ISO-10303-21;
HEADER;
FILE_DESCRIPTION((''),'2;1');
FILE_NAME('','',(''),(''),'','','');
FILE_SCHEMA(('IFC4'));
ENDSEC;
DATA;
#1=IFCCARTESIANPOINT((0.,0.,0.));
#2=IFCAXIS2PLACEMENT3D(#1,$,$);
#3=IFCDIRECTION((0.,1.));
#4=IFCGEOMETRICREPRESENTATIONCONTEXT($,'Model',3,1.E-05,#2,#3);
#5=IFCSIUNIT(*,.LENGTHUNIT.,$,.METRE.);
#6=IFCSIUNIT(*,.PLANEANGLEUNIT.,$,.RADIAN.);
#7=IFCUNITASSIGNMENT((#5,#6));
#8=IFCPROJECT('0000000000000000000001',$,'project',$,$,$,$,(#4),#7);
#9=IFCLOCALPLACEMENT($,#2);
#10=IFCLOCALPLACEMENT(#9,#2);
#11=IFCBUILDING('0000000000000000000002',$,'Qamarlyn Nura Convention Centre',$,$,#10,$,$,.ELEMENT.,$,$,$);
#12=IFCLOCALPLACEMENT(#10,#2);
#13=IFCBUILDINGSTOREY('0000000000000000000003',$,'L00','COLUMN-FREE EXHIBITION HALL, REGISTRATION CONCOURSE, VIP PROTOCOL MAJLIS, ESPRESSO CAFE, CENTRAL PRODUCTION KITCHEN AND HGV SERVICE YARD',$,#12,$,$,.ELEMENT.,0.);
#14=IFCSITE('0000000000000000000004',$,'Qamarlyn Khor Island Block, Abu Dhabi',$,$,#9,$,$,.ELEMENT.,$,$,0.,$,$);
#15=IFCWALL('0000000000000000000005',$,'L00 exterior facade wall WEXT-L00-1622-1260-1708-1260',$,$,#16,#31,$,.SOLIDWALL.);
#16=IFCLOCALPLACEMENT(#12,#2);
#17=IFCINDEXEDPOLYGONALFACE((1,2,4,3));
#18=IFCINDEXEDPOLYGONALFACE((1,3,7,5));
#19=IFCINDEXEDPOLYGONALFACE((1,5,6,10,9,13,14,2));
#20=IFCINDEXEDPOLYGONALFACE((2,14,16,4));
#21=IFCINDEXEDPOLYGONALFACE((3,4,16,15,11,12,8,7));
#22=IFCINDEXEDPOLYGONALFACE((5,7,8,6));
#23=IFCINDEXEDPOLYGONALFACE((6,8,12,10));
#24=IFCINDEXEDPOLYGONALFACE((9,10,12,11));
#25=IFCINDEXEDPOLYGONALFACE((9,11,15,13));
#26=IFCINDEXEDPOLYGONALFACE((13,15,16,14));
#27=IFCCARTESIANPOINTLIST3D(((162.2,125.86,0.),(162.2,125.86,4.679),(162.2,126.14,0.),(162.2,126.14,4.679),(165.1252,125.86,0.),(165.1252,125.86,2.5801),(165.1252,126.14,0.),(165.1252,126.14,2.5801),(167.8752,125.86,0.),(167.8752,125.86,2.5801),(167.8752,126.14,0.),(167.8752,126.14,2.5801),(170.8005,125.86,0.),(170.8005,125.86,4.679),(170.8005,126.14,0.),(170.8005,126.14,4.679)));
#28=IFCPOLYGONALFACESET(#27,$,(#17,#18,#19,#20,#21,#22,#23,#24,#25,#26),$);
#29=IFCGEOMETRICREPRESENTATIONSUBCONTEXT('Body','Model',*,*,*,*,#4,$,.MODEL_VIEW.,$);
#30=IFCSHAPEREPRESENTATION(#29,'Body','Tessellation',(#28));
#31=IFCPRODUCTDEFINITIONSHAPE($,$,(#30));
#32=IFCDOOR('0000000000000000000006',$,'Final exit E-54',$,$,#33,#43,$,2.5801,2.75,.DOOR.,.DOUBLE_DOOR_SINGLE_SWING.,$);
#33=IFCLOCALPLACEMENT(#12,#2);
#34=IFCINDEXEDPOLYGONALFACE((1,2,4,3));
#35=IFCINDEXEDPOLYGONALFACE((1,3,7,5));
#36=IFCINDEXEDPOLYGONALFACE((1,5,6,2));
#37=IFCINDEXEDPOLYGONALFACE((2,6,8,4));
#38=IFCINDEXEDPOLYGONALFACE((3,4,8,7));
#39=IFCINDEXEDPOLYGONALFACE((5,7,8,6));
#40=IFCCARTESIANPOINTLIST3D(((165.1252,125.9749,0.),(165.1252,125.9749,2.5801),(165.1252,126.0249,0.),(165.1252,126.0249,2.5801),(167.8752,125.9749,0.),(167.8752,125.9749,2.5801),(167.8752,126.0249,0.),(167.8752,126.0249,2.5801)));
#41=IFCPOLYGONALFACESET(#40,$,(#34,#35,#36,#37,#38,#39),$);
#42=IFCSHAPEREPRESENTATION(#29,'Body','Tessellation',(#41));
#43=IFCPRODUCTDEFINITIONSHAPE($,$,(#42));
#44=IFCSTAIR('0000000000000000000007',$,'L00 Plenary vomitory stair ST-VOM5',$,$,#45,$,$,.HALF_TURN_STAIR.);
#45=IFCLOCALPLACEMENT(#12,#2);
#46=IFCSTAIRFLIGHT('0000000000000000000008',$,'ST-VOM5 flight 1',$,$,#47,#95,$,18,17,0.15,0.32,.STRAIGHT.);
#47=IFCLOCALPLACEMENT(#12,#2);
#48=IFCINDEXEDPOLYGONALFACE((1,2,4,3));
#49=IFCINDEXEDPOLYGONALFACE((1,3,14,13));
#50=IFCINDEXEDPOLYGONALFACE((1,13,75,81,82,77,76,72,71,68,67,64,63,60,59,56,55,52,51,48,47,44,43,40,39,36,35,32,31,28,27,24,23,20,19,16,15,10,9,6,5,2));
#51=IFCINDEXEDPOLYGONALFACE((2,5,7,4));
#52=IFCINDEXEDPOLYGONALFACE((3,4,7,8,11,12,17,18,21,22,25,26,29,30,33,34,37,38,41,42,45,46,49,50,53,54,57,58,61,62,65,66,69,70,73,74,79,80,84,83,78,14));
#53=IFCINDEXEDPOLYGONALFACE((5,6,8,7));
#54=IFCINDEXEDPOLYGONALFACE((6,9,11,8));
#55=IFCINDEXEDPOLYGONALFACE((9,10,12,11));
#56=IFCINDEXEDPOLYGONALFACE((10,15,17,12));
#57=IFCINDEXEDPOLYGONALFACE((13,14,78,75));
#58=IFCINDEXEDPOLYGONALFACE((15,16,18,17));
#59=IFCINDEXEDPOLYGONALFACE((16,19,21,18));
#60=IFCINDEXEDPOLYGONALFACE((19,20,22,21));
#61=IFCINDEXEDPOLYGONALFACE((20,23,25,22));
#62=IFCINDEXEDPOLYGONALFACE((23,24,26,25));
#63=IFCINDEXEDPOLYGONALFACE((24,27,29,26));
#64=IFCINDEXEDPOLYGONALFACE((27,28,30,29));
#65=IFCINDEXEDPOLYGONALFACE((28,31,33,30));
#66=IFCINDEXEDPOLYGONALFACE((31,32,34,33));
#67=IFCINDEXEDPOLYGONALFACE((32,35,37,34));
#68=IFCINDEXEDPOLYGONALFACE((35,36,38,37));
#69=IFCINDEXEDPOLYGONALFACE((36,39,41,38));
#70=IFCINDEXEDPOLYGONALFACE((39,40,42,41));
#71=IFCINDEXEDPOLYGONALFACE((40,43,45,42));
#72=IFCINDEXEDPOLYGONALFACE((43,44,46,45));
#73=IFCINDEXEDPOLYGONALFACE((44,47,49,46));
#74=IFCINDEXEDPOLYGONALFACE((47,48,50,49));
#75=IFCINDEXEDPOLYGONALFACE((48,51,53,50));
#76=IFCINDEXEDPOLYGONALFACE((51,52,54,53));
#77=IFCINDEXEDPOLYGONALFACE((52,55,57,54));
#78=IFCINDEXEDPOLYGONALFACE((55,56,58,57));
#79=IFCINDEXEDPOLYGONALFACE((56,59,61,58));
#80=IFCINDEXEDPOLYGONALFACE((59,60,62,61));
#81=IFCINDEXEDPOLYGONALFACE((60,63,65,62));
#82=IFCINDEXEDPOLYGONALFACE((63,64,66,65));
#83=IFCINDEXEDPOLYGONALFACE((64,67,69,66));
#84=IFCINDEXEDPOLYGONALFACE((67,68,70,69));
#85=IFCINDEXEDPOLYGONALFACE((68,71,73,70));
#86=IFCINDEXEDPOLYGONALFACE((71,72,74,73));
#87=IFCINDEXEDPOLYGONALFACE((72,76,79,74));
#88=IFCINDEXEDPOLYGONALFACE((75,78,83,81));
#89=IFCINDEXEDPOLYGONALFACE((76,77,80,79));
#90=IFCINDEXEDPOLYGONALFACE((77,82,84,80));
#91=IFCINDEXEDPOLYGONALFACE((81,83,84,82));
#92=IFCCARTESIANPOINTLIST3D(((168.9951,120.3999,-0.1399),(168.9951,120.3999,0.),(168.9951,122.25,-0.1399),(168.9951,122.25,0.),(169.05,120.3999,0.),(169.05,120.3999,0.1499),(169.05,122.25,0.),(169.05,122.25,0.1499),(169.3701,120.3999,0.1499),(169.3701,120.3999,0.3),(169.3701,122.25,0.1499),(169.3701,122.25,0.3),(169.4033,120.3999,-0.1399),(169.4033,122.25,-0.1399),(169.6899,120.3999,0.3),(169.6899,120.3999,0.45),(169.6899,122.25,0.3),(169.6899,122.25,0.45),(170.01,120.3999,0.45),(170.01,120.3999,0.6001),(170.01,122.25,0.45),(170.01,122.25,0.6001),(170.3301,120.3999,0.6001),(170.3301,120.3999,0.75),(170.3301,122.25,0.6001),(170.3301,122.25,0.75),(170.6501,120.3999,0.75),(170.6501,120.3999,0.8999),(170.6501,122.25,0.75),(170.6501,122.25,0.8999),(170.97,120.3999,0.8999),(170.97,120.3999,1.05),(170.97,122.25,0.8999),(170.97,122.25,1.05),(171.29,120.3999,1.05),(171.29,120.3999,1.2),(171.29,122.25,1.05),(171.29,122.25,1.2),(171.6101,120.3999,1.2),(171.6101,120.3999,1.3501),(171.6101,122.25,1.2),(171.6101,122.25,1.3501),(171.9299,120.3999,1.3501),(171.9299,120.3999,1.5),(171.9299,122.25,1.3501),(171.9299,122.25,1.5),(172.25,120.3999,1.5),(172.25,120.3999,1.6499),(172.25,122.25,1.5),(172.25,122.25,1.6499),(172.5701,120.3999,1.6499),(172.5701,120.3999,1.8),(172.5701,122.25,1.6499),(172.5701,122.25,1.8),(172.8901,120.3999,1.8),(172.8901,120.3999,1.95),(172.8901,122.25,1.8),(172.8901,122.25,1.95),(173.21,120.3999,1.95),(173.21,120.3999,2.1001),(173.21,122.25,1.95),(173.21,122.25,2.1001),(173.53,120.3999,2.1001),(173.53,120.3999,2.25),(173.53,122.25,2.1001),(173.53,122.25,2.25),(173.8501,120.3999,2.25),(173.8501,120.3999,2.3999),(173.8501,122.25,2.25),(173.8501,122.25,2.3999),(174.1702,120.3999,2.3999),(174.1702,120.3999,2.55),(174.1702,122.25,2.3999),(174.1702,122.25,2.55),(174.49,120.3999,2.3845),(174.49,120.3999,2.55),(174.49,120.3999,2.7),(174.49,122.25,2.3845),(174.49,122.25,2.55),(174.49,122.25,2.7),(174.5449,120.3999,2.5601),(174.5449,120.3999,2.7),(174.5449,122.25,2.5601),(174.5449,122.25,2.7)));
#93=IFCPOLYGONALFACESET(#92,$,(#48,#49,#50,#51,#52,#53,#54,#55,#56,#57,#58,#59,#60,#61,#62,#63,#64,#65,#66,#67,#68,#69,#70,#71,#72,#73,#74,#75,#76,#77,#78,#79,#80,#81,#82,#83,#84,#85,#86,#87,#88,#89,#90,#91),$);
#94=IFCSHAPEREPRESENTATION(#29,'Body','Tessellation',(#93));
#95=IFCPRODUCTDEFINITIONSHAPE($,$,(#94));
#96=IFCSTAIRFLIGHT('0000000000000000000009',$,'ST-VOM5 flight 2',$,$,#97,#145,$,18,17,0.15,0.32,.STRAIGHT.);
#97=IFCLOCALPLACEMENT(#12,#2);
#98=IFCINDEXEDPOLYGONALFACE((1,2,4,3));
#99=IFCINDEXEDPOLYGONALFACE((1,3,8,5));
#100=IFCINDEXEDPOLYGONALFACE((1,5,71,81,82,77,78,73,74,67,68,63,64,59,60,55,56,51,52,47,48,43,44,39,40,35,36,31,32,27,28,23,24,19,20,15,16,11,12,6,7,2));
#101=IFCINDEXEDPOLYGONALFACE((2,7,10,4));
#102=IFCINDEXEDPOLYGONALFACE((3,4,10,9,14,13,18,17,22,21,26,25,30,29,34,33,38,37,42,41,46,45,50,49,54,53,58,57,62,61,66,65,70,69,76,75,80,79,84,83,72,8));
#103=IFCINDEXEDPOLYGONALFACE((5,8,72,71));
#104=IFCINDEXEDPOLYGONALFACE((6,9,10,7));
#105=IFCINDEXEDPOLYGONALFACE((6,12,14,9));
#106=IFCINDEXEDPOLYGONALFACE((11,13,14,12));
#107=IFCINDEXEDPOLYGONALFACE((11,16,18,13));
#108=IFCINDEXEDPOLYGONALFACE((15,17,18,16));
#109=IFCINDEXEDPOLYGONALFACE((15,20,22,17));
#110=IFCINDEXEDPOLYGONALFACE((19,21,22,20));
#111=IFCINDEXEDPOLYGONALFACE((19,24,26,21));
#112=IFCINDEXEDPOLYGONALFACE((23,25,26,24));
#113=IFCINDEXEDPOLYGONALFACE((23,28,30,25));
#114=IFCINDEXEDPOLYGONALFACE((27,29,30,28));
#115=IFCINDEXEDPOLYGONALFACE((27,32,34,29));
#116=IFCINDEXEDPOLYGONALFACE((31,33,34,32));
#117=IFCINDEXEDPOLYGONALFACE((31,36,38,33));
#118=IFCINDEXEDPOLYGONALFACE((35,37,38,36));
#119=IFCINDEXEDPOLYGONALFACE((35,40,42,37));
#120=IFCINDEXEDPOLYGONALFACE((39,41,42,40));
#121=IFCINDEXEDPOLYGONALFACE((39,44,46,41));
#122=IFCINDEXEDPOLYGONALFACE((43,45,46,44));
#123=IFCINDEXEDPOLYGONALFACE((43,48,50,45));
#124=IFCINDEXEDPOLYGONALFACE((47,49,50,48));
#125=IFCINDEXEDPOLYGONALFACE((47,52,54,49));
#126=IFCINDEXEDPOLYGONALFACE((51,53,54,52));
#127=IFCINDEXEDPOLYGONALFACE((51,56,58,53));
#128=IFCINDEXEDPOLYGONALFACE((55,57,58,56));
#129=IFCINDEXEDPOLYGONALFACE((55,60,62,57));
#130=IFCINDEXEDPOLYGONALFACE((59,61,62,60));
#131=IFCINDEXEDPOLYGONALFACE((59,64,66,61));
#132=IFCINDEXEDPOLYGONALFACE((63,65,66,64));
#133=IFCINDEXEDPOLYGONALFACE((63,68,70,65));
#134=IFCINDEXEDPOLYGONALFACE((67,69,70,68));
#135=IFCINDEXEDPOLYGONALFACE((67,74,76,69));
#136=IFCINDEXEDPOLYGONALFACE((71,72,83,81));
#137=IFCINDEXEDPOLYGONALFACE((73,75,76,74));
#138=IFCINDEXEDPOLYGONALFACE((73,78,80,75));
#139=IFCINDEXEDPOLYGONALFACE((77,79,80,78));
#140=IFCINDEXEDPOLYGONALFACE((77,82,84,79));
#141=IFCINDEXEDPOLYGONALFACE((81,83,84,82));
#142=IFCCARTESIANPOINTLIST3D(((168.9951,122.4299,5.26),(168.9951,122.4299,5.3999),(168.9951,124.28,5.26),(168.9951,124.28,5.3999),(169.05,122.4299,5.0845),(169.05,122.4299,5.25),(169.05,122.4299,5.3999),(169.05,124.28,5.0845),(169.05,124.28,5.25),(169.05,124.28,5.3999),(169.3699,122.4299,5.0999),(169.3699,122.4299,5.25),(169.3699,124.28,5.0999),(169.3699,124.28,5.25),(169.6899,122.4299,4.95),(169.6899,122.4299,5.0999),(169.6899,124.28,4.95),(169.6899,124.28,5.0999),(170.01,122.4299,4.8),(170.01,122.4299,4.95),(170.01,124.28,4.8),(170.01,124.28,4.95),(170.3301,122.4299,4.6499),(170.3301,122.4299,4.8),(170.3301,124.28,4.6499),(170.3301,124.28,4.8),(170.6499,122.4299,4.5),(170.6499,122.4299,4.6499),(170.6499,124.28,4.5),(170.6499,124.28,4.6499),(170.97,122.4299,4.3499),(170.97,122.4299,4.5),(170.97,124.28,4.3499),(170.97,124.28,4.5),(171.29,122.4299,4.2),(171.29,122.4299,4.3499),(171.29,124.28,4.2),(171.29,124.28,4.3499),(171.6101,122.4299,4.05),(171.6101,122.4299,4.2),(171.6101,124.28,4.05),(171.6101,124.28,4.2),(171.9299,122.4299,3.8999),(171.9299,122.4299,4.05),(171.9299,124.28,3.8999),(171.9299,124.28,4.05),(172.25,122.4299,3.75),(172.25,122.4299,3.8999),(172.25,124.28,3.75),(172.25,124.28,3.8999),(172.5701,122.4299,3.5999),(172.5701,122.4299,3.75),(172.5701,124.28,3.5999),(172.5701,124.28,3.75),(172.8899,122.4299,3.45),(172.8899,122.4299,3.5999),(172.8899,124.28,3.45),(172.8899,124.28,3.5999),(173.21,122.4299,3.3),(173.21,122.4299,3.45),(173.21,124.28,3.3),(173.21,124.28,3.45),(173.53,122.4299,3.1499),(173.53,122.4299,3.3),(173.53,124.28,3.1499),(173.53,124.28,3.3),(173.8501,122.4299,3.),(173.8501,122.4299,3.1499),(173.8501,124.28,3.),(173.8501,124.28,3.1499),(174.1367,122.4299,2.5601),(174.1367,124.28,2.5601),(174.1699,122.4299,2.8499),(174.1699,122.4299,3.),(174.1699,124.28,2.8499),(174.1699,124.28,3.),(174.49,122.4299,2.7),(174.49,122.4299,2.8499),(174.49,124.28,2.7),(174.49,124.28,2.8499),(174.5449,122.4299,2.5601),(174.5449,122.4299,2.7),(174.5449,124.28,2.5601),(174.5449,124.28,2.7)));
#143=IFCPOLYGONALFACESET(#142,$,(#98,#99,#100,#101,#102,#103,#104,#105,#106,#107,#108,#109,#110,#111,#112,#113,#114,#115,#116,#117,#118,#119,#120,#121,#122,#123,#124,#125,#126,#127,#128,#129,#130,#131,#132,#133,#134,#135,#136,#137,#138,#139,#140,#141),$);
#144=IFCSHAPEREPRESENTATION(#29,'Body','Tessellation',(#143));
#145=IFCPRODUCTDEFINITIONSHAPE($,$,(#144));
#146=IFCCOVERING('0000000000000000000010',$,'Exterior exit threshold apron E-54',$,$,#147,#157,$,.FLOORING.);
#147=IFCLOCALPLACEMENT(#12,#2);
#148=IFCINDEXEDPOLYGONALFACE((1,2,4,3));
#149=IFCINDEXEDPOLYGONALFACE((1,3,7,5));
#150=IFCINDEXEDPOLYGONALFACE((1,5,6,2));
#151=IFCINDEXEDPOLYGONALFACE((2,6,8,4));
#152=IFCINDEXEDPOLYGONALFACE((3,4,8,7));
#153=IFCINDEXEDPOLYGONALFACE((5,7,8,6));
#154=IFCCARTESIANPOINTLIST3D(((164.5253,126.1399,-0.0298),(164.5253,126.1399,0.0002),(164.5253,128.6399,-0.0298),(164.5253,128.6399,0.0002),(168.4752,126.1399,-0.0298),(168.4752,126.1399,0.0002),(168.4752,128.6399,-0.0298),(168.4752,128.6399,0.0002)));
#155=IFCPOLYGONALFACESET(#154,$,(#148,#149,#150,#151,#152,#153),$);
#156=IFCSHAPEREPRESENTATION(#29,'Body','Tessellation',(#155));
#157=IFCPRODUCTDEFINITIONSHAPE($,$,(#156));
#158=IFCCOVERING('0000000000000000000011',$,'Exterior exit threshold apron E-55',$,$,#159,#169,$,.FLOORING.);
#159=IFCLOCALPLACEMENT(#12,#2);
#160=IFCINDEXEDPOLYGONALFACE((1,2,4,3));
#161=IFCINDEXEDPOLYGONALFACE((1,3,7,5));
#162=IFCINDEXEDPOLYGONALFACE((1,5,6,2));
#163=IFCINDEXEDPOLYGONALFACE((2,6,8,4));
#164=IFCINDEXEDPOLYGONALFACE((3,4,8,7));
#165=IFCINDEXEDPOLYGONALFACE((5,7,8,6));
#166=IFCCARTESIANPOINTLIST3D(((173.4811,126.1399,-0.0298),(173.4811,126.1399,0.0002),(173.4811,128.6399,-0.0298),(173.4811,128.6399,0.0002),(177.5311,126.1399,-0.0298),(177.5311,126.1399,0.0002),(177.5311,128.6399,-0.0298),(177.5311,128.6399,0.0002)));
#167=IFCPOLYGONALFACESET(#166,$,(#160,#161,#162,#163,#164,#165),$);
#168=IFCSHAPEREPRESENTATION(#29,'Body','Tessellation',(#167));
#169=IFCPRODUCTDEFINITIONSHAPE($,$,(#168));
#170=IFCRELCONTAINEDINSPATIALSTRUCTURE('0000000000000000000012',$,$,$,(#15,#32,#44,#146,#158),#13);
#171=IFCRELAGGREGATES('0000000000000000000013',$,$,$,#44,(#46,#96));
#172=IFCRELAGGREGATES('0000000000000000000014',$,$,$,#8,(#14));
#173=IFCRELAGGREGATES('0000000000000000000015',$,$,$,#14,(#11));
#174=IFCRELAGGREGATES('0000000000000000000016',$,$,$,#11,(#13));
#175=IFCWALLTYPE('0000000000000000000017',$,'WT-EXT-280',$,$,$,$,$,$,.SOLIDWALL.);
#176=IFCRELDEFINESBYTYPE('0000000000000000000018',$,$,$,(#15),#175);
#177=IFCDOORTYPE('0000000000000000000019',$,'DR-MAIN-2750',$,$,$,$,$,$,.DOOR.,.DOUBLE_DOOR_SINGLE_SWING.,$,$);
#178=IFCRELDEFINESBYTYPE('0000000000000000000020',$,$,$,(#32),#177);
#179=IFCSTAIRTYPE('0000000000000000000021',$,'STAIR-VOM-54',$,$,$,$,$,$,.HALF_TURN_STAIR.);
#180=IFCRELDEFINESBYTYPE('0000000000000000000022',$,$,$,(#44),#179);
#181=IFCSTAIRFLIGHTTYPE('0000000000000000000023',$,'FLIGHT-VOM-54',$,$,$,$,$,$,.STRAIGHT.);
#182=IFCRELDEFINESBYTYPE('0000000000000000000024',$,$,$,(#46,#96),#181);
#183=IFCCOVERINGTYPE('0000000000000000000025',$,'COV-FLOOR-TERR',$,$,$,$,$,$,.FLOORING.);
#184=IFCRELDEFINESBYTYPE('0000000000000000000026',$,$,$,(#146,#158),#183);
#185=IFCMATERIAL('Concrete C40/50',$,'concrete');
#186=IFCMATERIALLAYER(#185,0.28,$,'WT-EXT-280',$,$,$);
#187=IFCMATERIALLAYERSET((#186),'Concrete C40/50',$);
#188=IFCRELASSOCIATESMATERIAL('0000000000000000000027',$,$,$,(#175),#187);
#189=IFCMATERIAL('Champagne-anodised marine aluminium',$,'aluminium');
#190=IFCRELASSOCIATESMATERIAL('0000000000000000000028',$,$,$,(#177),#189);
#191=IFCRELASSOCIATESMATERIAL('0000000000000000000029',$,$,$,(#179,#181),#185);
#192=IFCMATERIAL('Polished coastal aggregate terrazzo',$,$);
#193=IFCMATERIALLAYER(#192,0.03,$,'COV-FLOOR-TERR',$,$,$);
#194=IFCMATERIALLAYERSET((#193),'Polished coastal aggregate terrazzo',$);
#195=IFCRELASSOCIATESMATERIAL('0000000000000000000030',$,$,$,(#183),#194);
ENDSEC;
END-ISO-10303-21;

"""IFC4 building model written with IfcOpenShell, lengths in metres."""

from ifc_helpers import new_model, si_unit, direction, frame, frame_2d, origin, origin_2d, place, context, subcontext, project, spatial, polyline, rectangle, outline, extrude, material, layer, layer_set, type_object, element, fill, aggregate, save


model = new_model("IFC4")

# Units and contexts
model_context = context("Model", 3, precision=1e-05, world=origin(), true_north=direction((0.0, 1.0)))
body_context = subcontext(model_context, "Body", "Model", "MODEL_VIEW")
ifc_project = project(units=[si_unit("LENGTHUNIT", "METRE"), si_unit("PLANEANGLEUNIT", "RADIAN")], contexts=[model_context])

# Site, building, storey
site_placement = place(None, origin())
site = spatial("IfcSite", under=ifc_project, at=site_placement, Name="Qamarlyn Khor Island Block, Abu Dhabi", CompositionType="ELEMENT", RefElevation=0.0)
building_placement = place(site_placement, origin())
building = spatial("IfcBuilding", under=site, at=building_placement, Name="Qamarlyn Nura Convention Centre", CompositionType="ELEMENT")
storey_placement = place(building_placement, origin())
storey = spatial("IfcBuildingStorey", under=building, at=storey_placement, Name="L00", Description="COLUMN-FREE EXHIBITION HALL, REGISTRATION CONCOURSE, VIP PROTOCOL MAJLIS, ESPRESSO CAFE, CENTRAL PRODUCTION KITCHEN AND HGV SERVICE YARD", CompositionType="ELEMENT", Elevation=0.0)

# Wall, opening, door
ifc_material_1 = material(Name="Concrete C40/50", Category="concrete")
ifc_layer_1 = layer(ifc_material_1, 0.28, Name="WT-EXT-280")
ifc_layer_set_1 = layer_set([ifc_layer_1], Name="Concrete C40/50")
wall_type_1 = type_object("IfcWallType", Name="WT-EXT-280", PredefinedType="SOLIDWALL", material=ifc_layer_set_1)
wall_1_placement = place(storey_placement, frame((162.2, 126.0, 0.0), z_axis=(0.0, 0.0, 1.0), x_axis=(1.0, 0.0, 0.0)))
wall_1 = element("IfcWall", 1, at=wall_1_placement, inside=storey, type_object=wall_type_1, Name="L00 exterior facade wall WEXT-L00-1622-1260-1708-1260", PredefinedType="SOLIDWALL", context=body_context, shape_type="SweptSolid", body=[
    extrude(rectangle(XDim=8.6006, YDim=0.28, at=frame_2d((4.3003, 0.0))), origin(), (0.0, 0.0, 1.0), 4.679),
])
opening_1_placement = place(wall_1_placement, frame((2.9253, 0.0, 0.0)))
opening_1 = element("IfcOpeningElement", 2, at=opening_1_placement, cuts=wall_1, PredefinedType="OPENING", context=body_context, shape_type="SweptSolid", body=[
    extrude(rectangle(XDim=2.75, YDim=2.5801, at=frame_2d((1.375, 1.29))), frame((0.0, 0.1499, 0.0), z_axis=(0.0, -1.0, 0.0), x_axis=(1.0, 0.0, 0.0)), (0.0, 0.0, 1.0), 0.3),
])
ifc_material_2 = material(Name="Champagne-anodised marine aluminium", Category="aluminium")
door_type_1 = type_object("IfcDoorType", Name="DR-MAIN-2750", OperationType="DOUBLE_DOOR_SINGLE_SWING", PredefinedType="DOOR", material=ifc_material_2)
door_1_placement = place(opening_1_placement, origin())
door_1 = element("IfcDoor", 3, at=door_1_placement, inside=storey, type_object=door_type_1, Name="Final exit E-54", OperationType="DOUBLE_DOOR_SINGLE_SWING", OverallHeight=2.5801, OverallWidth=2.75, PredefinedType="DOOR", context=body_context, shape_type="SweptSolid", body=[
    extrude(rectangle(XDim=2.75, YDim=2.5801, at=frame_2d((1.375, 1.29))), frame((0.0, 0.0249, 0.0), z_axis=(0.0, -1.0, 0.0), x_axis=(1.0, 0.0, 0.0)), (0.0, 0.0, 1.0), 0.05),
])
fill(opening_1, door_1)

# Stair, stair flights
stair_type = type_object("IfcStairType", Name="STAIR-VOM-54", PredefinedType="HALF_TURN_STAIR", material=ifc_material_1)
stair_placement = place(storey_placement, origin())
stair = element("IfcStair", 4, at=stair_placement, inside=storey, type_object=stair_type, Name="L00 Plenary vomitory stair ST-VOM5", PredefinedType="HALF_TURN_STAIR")
stair_flight_type = type_object("IfcStairFlightType", Name="FLIGHT-VOM-54", PredefinedType="STRAIGHT", material=ifc_material_1)
stair_flight_1_placement = place(storey_placement, frame((169.05, 121.325, 0.0), z_axis=(0.0, 0.0, 1.0), x_axis=(1.0, 0.0, 0.0)))
stair_flight_1 = element("IfcStairFlight", 5, at=stair_flight_1_placement, type_object=stair_flight_type, Name="ST-VOM5 flight 1", NumberOfRisers=18, NumberOfTreads=17, PredefinedType="STRAIGHT", RiserHeight=0.15, TreadLength=0.32, context=body_context, shape_type="SweptSolid", body=[
    extrude(outline(polyline([(-0.0549, 0.0), (0.0, 0.0), (0.0, 0.1499), (0.3201, 0.1499), (0.3201, 0.3), (0.6399, 0.3), (0.6399, 0.45), (0.96, 0.45), (0.96, 0.6001), (1.28, 0.6001), (1.28, 0.75), (1.6001, 0.75), (1.6001, 0.8999), (1.9199, 0.8999), (1.9199, 1.05), (2.24, 1.05), (2.24, 1.2), (2.5601, 1.2), (2.5601, 1.3501), (2.8799, 1.3501), (2.8799, 1.5), (3.2, 1.5), (3.2, 1.6499), (3.52, 1.6499), (3.52, 1.8), (3.8401, 1.8), (3.8401, 1.95), (4.1599, 1.95), (4.1599, 2.1001), (4.48, 2.1001), (4.48, 2.25), (4.8, 2.25), (4.8, 2.3999), (5.1201, 2.3999), (5.1201, 2.55), (5.4399, 2.55), (5.4399, 2.7), (5.4949, 2.7), (5.4949, 2.5601), (5.4399, 2.3845), (0.3533, -0.1399), (-0.0549, -0.1399), (-0.0549, 0.0)])), frame((0.0, 0.925, 0.0), z_axis=(0.0, -1.0, 0.0), x_axis=(1.0, 0.0, 0.0)), (0.0, 0.0, 1.0), 1.8501),
])
stair_flight_2_placement = place(storey_placement, frame((174.49, 123.355, 2.7), z_axis=(0.0, 0.0, 1.0), x_axis=(-1.0, 0.0, 0.0)))
stair_flight_2 = element("IfcStairFlight", 6, at=stair_flight_2_placement, type_object=stair_flight_type, Name="ST-VOM5 flight 2", NumberOfRisers=18, NumberOfTreads=17, PredefinedType="STRAIGHT", RiserHeight=0.15, TreadLength=0.32, context=body_context, shape_type="SweptSolid", body=[
    extrude(outline(polyline([(-0.0549, 0.0), (0.0, 0.0), (0.0, 0.1499), (0.3201, 0.1499), (0.3201, 0.3), (0.6399, 0.3), (0.6399, 0.45), (0.96, 0.45), (0.96, 0.6001), (1.28, 0.6001), (1.28, 0.75), (1.6001, 0.75), (1.6001, 0.8999), (1.9199, 0.8999), (1.9199, 1.05), (2.24, 1.05), (2.24, 1.2), (2.5601, 1.2), (2.5601, 1.3501), (2.8799, 1.3501), (2.8799, 1.5), (3.2, 1.5), (3.2, 1.6499), (3.52, 1.6499), (3.52, 1.8), (3.8401, 1.8), (3.8401, 1.95), (4.1599, 1.95), (4.1599, 2.1001), (4.48, 2.1001), (4.48, 2.25), (4.8, 2.25), (4.8, 2.3999), (5.1201, 2.3999), (5.1201, 2.55), (5.4399, 2.55), (5.4399, 2.7), (5.4949, 2.7), (5.4949, 2.5601), (5.4399, 2.3845), (0.3533, -0.1399), (-0.0549, -0.1399), (-0.0549, 0.0)])), frame((0.0, 0.925, 0.0), z_axis=(0.0, -1.0, 0.0), x_axis=(1.0, 0.0, 0.0)), (0.0, 0.0, 1.0), 1.8501),
])
aggregate(stair, [stair_flight_1, stair_flight_2])

# Coverings
ifc_material_3 = material(Name="Polished coastal aggregate terrazzo")
ifc_layer_2 = layer(ifc_material_3, 0.03, Name="COV-FLOOR-TERR")
ifc_layer_set_2 = layer_set([ifc_layer_2], Name="Polished coastal aggregate terrazzo")
covering_type = type_object("IfcCoveringType", Name="COV-FLOOR-TERR", PredefinedType="FLOORING", material=ifc_layer_set_2)
covering_1_placement = place(storey_placement, frame((166.5002, 127.3899, -0.0298), z_axis=(0.0, 0.0, 1.0), x_axis=(1.0, 0.0, 0.0)))
element("IfcCovering", 7, at=covering_1_placement, inside=storey, type_object=covering_type, Name="Exterior exit threshold apron E-54", PredefinedType="FLOORING", context=body_context, shape_type="SweptSolid", body=[
    extrude(rectangle(XDim=3.95, YDim=2.5, at=origin_2d()), origin(), (0.0, 0.0, 1.0), 0.03),
])
covering_2_placement = place(storey_placement, frame((175.5061, 127.3899, -0.0298), z_axis=(0.0, 0.0, 1.0), x_axis=(1.0, 0.0, 0.0)))
element("IfcCovering", 8, at=covering_2_placement, inside=storey, type_object=covering_type, Name="Exterior exit threshold apron E-55", PredefinedType="FLOORING", context=body_context, shape_type="SweptSolid", body=[
    extrude(rectangle(XDim=4.05, YDim=2.5, at=origin_2d()), origin(), (0.0, 0.0, 1.0), 0.03),
])

save(model, "model.ifc")
